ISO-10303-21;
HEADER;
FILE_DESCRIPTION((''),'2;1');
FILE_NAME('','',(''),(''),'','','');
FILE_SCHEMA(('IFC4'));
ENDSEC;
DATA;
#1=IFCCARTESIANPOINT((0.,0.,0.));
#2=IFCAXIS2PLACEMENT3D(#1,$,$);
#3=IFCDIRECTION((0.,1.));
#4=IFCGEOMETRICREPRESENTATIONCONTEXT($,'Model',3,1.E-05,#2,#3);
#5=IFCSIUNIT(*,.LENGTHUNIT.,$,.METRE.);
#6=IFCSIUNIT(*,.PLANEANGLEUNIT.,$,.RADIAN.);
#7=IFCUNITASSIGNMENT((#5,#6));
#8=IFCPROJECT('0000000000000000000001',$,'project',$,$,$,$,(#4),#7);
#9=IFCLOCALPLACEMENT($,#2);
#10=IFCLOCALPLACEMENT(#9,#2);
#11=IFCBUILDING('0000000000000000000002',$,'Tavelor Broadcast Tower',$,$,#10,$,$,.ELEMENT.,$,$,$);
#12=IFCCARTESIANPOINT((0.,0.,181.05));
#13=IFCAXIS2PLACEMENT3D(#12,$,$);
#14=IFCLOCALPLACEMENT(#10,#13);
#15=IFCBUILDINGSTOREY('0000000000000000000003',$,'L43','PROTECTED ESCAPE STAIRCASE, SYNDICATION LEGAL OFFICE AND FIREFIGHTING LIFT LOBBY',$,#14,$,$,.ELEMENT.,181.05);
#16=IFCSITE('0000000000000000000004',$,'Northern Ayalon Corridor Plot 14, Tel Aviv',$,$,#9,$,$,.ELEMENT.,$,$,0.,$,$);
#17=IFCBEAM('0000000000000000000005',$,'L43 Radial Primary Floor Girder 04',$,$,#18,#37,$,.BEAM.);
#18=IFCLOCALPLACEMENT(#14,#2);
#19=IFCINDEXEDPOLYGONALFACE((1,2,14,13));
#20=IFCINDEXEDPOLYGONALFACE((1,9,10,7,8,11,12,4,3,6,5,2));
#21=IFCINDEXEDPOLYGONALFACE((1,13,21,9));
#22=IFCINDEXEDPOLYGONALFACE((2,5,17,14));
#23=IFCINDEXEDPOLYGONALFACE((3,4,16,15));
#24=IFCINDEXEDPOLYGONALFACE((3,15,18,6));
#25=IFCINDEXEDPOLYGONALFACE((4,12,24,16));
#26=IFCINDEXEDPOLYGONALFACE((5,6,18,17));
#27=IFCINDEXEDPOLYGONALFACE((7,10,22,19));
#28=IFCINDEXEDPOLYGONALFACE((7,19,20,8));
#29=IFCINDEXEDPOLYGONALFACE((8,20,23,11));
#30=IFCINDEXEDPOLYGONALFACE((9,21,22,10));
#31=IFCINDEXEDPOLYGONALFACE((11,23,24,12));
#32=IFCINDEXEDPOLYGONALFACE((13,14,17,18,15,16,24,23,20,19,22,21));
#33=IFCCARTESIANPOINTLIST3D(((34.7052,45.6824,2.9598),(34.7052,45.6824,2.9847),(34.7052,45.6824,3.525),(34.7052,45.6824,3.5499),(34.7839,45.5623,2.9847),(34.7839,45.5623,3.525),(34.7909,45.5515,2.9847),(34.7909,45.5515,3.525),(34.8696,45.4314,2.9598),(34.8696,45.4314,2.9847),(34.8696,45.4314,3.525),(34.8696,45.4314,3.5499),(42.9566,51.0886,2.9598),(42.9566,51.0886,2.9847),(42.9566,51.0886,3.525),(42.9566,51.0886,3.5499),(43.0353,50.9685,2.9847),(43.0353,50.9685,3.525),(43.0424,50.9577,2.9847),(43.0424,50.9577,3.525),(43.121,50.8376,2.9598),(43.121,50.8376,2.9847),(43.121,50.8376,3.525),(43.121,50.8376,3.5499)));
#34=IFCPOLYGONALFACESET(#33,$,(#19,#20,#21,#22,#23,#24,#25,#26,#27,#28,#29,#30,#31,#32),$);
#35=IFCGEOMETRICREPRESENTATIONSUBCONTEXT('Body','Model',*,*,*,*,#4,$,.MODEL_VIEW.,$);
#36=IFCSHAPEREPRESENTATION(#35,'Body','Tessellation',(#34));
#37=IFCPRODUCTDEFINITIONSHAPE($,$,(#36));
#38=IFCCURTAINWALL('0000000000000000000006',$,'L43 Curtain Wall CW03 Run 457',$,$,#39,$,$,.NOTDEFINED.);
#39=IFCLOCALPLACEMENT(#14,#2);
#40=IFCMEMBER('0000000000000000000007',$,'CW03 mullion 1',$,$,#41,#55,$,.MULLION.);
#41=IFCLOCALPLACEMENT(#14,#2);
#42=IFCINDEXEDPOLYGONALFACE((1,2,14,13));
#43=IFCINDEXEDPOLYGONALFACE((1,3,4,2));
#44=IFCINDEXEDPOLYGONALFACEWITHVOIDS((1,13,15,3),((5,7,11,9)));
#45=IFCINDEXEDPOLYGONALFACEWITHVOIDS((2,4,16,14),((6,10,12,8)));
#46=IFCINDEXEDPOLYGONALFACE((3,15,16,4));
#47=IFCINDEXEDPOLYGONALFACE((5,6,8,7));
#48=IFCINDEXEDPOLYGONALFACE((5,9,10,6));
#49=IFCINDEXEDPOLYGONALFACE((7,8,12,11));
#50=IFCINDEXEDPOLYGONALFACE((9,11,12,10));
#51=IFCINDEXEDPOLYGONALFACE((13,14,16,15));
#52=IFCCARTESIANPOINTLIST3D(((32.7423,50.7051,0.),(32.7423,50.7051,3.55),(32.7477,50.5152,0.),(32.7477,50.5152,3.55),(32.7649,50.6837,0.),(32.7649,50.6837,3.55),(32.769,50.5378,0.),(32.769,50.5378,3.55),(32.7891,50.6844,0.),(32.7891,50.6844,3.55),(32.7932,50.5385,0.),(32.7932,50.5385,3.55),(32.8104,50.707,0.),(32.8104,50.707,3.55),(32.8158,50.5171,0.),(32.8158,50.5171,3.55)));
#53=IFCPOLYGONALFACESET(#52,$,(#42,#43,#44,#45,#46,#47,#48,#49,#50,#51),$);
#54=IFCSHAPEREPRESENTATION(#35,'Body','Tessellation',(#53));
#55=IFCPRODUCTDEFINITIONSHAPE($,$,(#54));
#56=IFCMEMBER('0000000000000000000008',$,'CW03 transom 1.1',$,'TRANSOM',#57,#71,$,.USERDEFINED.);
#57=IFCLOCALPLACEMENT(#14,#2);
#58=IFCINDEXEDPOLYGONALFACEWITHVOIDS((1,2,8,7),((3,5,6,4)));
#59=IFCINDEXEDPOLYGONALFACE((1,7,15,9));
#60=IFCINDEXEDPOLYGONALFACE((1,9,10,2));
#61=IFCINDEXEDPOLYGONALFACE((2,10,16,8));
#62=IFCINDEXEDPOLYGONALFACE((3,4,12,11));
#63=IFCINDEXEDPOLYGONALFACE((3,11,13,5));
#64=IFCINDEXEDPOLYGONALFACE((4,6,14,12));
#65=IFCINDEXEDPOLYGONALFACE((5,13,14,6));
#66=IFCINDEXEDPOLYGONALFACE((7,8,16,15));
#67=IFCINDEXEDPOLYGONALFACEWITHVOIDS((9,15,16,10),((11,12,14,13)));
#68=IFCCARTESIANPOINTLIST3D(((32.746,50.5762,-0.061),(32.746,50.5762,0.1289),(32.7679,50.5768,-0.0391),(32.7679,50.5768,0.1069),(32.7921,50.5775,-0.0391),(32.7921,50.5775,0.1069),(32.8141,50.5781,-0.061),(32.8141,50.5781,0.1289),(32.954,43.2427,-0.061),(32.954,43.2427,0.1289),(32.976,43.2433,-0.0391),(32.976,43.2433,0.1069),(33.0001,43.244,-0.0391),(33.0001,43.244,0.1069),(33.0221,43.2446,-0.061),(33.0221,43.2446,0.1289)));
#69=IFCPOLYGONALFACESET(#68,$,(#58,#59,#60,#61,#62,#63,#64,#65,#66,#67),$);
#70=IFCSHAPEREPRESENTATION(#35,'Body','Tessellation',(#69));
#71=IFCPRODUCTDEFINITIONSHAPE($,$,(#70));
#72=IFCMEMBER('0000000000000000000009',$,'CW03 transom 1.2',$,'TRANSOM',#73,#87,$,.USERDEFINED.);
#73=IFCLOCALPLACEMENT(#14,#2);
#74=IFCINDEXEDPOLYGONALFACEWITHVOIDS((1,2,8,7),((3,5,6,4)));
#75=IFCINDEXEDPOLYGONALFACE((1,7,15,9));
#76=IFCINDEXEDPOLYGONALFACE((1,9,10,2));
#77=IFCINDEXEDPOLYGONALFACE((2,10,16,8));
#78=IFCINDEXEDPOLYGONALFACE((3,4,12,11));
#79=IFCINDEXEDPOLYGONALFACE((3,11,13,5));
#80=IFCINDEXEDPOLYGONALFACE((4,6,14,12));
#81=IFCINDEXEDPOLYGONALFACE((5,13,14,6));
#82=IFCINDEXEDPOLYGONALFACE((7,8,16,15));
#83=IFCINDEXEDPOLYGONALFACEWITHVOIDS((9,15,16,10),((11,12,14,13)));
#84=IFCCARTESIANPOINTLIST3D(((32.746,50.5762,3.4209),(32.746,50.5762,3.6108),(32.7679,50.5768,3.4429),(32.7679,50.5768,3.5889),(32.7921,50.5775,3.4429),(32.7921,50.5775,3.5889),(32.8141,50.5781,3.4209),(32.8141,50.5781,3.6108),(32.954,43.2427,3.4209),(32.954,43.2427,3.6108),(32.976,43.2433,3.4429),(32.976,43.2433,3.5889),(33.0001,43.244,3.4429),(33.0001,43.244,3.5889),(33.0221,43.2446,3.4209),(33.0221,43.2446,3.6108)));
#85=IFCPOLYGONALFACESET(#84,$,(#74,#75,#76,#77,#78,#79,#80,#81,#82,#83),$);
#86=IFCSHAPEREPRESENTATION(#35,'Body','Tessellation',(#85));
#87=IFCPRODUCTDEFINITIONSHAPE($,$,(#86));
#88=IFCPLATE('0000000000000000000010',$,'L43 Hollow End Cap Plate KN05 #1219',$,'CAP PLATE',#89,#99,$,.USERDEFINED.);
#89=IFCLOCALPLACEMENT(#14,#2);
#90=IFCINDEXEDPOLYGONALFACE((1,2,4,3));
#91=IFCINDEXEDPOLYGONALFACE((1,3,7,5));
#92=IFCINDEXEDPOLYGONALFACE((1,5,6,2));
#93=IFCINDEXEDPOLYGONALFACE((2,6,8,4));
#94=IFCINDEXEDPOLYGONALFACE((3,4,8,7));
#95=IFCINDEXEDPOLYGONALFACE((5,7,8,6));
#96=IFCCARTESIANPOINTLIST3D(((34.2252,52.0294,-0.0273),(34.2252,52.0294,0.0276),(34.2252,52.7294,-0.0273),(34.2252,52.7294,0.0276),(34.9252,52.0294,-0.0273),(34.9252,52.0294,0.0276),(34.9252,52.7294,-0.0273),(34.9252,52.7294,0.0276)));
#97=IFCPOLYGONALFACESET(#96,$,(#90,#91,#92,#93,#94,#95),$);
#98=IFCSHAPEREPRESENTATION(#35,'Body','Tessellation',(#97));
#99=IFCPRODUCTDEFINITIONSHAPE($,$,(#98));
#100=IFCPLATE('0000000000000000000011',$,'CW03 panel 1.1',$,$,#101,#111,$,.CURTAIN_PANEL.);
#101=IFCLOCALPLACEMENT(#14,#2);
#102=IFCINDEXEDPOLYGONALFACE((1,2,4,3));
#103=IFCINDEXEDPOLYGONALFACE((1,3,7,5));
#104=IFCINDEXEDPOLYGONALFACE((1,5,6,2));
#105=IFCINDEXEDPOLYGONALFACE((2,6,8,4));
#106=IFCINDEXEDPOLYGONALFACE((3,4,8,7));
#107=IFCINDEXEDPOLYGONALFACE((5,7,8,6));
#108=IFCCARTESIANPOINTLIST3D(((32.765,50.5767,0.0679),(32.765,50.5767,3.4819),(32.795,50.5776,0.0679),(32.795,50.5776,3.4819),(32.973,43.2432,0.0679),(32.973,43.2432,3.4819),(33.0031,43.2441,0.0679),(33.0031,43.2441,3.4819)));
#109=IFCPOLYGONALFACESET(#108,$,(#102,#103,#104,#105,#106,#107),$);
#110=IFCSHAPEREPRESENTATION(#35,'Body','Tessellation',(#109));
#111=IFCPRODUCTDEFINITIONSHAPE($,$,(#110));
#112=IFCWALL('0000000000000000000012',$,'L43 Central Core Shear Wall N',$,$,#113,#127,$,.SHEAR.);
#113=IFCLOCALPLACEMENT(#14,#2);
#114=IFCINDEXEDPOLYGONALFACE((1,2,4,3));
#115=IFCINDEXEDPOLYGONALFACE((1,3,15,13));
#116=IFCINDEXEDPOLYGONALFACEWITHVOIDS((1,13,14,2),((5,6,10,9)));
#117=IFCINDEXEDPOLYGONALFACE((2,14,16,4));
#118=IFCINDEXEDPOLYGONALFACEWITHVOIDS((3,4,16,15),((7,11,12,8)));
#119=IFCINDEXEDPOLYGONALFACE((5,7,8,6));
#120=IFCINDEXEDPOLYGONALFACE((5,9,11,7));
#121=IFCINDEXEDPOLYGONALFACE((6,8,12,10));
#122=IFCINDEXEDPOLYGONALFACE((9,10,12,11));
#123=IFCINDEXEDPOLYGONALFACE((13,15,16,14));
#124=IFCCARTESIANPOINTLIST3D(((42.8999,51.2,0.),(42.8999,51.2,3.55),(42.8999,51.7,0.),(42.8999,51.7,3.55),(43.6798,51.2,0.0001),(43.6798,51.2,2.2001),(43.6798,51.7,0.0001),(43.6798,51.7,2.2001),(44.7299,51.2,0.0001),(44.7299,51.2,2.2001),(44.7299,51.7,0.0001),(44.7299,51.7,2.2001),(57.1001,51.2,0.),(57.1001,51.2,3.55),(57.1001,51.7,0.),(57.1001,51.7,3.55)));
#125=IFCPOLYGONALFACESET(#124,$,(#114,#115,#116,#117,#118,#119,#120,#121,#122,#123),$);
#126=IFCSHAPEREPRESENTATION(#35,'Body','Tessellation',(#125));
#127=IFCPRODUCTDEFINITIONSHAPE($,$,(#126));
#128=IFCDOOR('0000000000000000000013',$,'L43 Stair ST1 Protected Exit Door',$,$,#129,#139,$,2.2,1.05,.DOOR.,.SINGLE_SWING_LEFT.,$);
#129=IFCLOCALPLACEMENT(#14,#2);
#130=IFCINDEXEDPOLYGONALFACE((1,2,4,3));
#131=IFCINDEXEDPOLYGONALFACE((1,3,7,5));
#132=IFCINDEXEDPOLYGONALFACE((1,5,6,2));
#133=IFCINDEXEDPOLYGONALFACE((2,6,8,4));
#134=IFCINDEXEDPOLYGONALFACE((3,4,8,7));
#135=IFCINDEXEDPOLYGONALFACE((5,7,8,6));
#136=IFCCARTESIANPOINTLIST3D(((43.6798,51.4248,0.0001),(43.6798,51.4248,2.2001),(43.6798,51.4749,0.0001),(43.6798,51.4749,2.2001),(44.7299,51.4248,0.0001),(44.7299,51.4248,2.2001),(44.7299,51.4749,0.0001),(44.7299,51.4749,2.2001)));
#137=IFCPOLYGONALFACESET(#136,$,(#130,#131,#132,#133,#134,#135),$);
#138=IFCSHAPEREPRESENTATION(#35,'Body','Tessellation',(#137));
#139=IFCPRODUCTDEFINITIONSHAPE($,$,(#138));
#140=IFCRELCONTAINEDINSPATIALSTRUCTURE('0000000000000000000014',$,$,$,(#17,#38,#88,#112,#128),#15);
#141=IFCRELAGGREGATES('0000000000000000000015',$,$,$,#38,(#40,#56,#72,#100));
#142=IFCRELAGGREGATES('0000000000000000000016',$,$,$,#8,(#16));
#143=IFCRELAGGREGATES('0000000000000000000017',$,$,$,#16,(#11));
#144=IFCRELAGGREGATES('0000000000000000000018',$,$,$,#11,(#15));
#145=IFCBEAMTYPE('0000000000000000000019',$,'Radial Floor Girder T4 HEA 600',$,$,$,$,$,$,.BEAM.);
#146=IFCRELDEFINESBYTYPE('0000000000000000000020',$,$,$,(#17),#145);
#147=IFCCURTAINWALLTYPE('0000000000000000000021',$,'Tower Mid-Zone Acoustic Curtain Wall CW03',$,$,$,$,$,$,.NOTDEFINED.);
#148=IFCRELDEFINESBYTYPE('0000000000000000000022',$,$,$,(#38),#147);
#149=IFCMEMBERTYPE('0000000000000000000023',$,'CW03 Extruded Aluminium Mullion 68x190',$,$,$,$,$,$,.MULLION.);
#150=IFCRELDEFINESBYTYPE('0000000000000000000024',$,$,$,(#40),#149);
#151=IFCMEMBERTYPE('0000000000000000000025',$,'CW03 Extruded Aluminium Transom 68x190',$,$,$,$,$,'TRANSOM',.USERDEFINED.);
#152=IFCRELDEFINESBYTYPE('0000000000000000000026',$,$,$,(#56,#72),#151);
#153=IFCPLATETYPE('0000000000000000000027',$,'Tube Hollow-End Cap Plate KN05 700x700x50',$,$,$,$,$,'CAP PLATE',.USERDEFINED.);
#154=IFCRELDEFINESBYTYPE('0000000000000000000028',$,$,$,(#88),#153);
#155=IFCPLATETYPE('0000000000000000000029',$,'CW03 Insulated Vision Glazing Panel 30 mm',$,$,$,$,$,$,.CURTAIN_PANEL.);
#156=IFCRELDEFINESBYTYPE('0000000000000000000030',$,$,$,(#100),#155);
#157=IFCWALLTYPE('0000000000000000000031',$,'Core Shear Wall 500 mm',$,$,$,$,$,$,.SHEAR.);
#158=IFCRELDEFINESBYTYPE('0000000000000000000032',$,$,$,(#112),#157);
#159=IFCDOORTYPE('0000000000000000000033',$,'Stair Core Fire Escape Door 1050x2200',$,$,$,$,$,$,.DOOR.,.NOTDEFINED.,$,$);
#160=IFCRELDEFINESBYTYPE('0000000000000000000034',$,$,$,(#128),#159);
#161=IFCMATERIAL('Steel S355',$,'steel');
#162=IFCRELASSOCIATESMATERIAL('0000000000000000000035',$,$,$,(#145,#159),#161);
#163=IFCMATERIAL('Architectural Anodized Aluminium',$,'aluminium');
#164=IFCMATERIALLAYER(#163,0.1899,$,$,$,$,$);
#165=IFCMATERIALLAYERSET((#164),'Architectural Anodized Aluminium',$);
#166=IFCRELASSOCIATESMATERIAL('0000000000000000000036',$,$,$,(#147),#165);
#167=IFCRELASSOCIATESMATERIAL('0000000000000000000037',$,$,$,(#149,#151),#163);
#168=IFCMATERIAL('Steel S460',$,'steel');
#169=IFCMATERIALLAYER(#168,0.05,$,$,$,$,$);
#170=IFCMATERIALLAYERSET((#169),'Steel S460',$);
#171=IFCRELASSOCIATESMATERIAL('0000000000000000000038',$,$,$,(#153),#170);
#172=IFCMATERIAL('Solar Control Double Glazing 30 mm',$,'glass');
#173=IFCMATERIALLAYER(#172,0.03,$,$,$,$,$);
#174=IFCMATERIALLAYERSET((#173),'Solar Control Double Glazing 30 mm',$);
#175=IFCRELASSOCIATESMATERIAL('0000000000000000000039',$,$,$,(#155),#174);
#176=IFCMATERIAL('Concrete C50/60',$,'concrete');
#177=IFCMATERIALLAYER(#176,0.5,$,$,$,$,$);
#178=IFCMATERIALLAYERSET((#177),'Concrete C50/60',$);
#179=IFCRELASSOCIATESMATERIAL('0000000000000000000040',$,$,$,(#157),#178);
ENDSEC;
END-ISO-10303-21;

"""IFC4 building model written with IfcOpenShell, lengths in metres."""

from ifc_helpers import new_model, si_unit, direction, frame, frame_2d, origin, origin_2d, place, context, subcontext, project, spatial, rectangle, hollow_rectangle, i_section, extrude, source, transform, mapped, material, layer, layer_set, material_profile, profile_set, type_object, type_shapes, element, fill, aggregate, save


model = new_model("IFC4")

# Units and contexts
model_context = context("Model", 3, precision=1e-05, world=origin(), true_north=direction((0.0, 1.0)))
body_context = subcontext(model_context, "Body", "Model", "MODEL_VIEW")
ifc_project = project(units=[si_unit("LENGTHUNIT", "METRE"), si_unit("PLANEANGLEUNIT", "RADIAN")], contexts=[model_context])

# Site, building, storey
site_placement = place(None, origin())
site = spatial("IfcSite", under=ifc_project, at=site_placement, Name="Northern Ayalon Corridor Plot 14, Tel Aviv", CompositionType="ELEMENT", RefElevation=0.0)
building_placement = place(site_placement, origin())
building = spatial("IfcBuilding", under=site, at=building_placement, Name="Tavelor Broadcast Tower", CompositionType="ELEMENT")
storey_placement = place(building_placement, frame((0.0, 0.0, 181.05)))
storey = spatial("IfcBuildingStorey", under=building, at=storey_placement, Name="L43", Description="PROTECTED ESCAPE STAIRCASE, SYNDICATION LEGAL OFFICE AND FIREFIGHTING LIFT LOBBY", CompositionType="ELEMENT", Elevation=181.05)

# Shared definitions
ifc_material_1 = material(Name="Concrete C50/60", Category="concrete")
ifc_material_2 = material(Name="Steel S460", Category="steel")

# Beam
ifc_material_3 = material(Name="Steel S355", Category="steel")
ifc_material_profile_1 = material_profile(ifc_material_3, i_section(OverallWidth=0.3, OverallDepth=0.5901, WebThickness=0.0129, FlangeThickness=0.0249, at=origin_2d()), Name="HEA 600")
ifc_profile_set_1 = profile_set([ifc_material_profile_1], Name="Steel S355")
beam_type_1 = type_object("IfcBeamType", Name="Radial Floor Girder T4 HEA 600", PredefinedType="BEAM", material=ifc_profile_set_1)
beam_1_placement = place(storey_placement, frame((43.0388, 50.9631, 3.2549), z_axis=(-0.836456, -0.548035, 0.0), x_axis=(0.548035, -0.836456, 0.0)))
element("IfcBeam", 1, at=beam_1_placement, inside=storey, type_object=beam_type_1, Name="L43 Radial Primary Floor Girder 04", PredefinedType="BEAM", context=body_context, shape_type="SweptSolid", body=[
    extrude(i_section(OverallWidth=0.3, OverallDepth=0.5901, WebThickness=0.0129, FlangeThickness=0.0249, at=origin_2d()), origin(), (0.0, 0.0, 1.0), 9.8647),
])

# Curtain wall, members
ifc_material_4 = material(Name="Architectural Anodized Aluminium", Category="aluminium")
ifc_layer_1 = layer(ifc_material_4, 0.1899)
ifc_layer_set_1 = layer_set([ifc_layer_1], Name="Architectural Anodized Aluminium")
curtain_wall_type = type_object("IfcCurtainWallType", Name="Tower Mid-Zone Acoustic Curtain Wall CW03", PredefinedType="NOTDEFINED", material=ifc_layer_set_1)
curtain_wall_placement = place(storey_placement, origin())
curtain_wall = element("IfcCurtainWall", 2, at=curtain_wall_placement, inside=storey, type_object=curtain_wall_type, Name="L43 Curtain Wall CW03 Run 457", PredefinedType="NOTDEFINED")
ifc_material_profile_2 = material_profile(ifc_material_4, hollow_rectangle(XDim=0.0681, YDim=0.1899, WallThickness=0.022, at=origin_2d()), Name="RHS 68x190x22")
ifc_profile_set_2 = profile_set([ifc_material_profile_2], Name="Architectural Anodized Aluminium")
member_type_1 = type_object("IfcMemberType", Name="CW03 Extruded Aluminium Mullion 68x190", PredefinedType="MULLION", material=ifc_profile_set_2)
shared_shape_1 = source(origin(), body_context, "Body", "SweptSolid", [
    extrude(hollow_rectangle(XDim=0.0681, YDim=0.1899, WallThickness=0.022, at=origin_2d()), origin(), (0.0, 0.0, 1.0), 3.55),
])
type_shapes(member_type_1, [shared_shape_1])
member_1_placement = place(storey_placement, frame((32.7791, 50.6111, 0.0), z_axis=(0.0, 0.0, 1.0), x_axis=(0.999598, 0.028358, 0.0)))
member_1 = element("IfcMember", 3, at=member_1_placement, type_object=member_type_1, Name="CW03 mullion 1", PredefinedType="MULLION", context=body_context, shape_type="MappedRepresentation", body=[
    mapped(shared_shape_1, transform((0.0, 0.0, 0.0), scale=1.0)),
])
ifc_material_profile_3 = material_profile(ifc_material_4, hollow_rectangle(XDim=0.0681, YDim=0.1899, WallThickness=0.022, at=origin_2d()), Name="RHS 68x190x22")
ifc_profile_set_3 = profile_set([ifc_material_profile_3], Name="Architectural Anodized Aluminium")
member_type_2 = type_object("IfcMemberType", Name="CW03 Extruded Aluminium Transom 68x190", ElementType="TRANSOM", PredefinedType="USERDEFINED", material=ifc_profile_set_3)
shared_shape_2 = source(origin(), body_context, "Body", "SweptSolid", [
    extrude(hollow_rectangle(XDim=0.0681, YDim=0.1899, WallThickness=0.022, at=origin_2d()), origin(), (0.0, 0.0, 1.0), 7.3364),
])
type_shapes(member_type_2, [shared_shape_2])
member_2_placement = place(storey_placement, frame((32.78, 50.5771, 0.0339), z_axis=(0.028353, -0.999598, 0.0), x_axis=(0.999598, 0.028353, 0.0)))
member_2 = element("IfcMember", 4, at=member_2_placement, type_object=member_type_2, Name="CW03 transom 1.1", ObjectType="TRANSOM", PredefinedType="USERDEFINED", context=body_context, shape_type="MappedRepresentation", body=[
    mapped(shared_shape_2, transform((0.0, 0.0, 0.0), scale=1.0)),
])
member_3_placement = place(storey_placement, frame((32.78, 50.5771, 3.5159), z_axis=(0.028353, -0.999598, 0.0), x_axis=(0.999598, 0.028353, 0.0)))
member_3 = element("IfcMember", 5, at=member_3_placement, type_object=member_type_2, Name="CW03 transom 1.2", ObjectType="TRANSOM", PredefinedType="USERDEFINED", context=body_context, shape_type="MappedRepresentation", body=[
    mapped(shared_shape_2, transform((0.0, 0.0, 0.0), scale=1.0)),
])

# Plates
ifc_layer_2 = layer(ifc_material_2, 0.05)
ifc_layer_set_2 = layer_set([ifc_layer_2], Name="Steel S460")
plate_type_1 = type_object("IfcPlateType", Name="Tube Hollow-End Cap Plate KN05 700x700x50", ElementType="CAP PLATE", PredefinedType="USERDEFINED", material=ifc_layer_set_2)
shared_shape_3 = source(origin(), body_context, "Body", "SweptSolid", [
    extrude(rectangle(XDim=0.7, YDim=0.7, at=origin_2d()), origin(), (0.0, 0.0, 1.0), 0.0549),
])
type_shapes(plate_type_1, [shared_shape_3])
plate_1_placement = place(storey_placement, frame((34.5752, 52.3794, -0.0273), z_axis=(0.0, 0.0, 1.0), x_axis=(1.0, 0.0, 0.0)))
element("IfcPlate", 6, at=plate_1_placement, inside=storey, type_object=plate_type_1, Name="L43 Hollow End Cap Plate KN05 #1219", ObjectType="CAP PLATE", PredefinedType="USERDEFINED", context=body_context, shape_type="MappedRepresentation", body=[
    mapped(shared_shape_3, transform((0.0, 0.0, 0.0), scale=1.0)),
])
ifc_material_5 = material(Name="Solar Control Double Glazing 30 mm", Category="glass")
ifc_layer_3 = layer(ifc_material_5, 0.03)
ifc_layer_set_3 = layer_set([ifc_layer_3], Name="Solar Control Double Glazing 30 mm")
plate_type_2 = type_object("IfcPlateType", Name="CW03 Insulated Vision Glazing Panel 30 mm", PredefinedType="CURTAIN_PANEL", material=ifc_layer_set_3)
shared_shape_4 = source(origin(), body_context, "Body", "SweptSolid", [
    extrude(rectangle(XDim=7.3364, YDim=0.03, at=origin_2d()), origin(), (0.0, 0.0, 1.0), 3.4141),
])
type_shapes(plate_type_2, [shared_shape_4])
plate_2_placement = place(storey_placement, frame((32.884, 46.9104, 0.0679), z_axis=(0.0, 0.0, 1.0), x_axis=(0.028358, -0.999598, 0.0)))
plate_2 = element("IfcPlate", 7, at=plate_2_placement, type_object=plate_type_2, Name="CW03 panel 1.1", PredefinedType="CURTAIN_PANEL", context=body_context, shape_type="MappedRepresentation", body=[
    mapped(shared_shape_4, transform((0.0, 0.0, 0.0), scale=1.0)),
])
aggregate(curtain_wall, [member_1, member_2, member_3, plate_2])

# Wall, opening, door
ifc_layer_4 = layer(ifc_material_1, 0.5)
ifc_layer_set_4 = layer_set([ifc_layer_4], Name="Concrete C50/60")
wall_type_1 = type_object("IfcWallType", Name="Core Shear Wall 500 mm", PredefinedType="SHEAR", material=ifc_layer_set_4)
wall_1_placement = place(storey_placement, frame((42.8999, 51.45, 0.0), z_axis=(0.0, 0.0, 1.0), x_axis=(1.0, 0.0, 0.0)))
wall_1 = element("IfcWall", 8, at=wall_1_placement, inside=storey, type_object=wall_type_1, Name="L43 Central Core Shear Wall N", PredefinedType="SHEAR", context=body_context, shape_type="SweptSolid", body=[
    extrude(rectangle(XDim=14.2002, YDim=0.5, at=frame_2d((7.1001, 0.0))), origin(), (0.0, 0.0, 1.0), 3.55),
])
opening_1_placement = place(wall_1_placement, frame((0.78, 0.0, 0.0)))
opening_1 = element("IfcOpeningElement", 9, at=opening_1_placement, cuts=wall_1, PredefinedType="OPENING", context=body_context, shape_type="SweptSolid", body=[
    extrude(rectangle(XDim=1.05, YDim=2.2, at=frame_2d((0.5249, 1.1001))), frame((0.0, 0.26, 0.0), z_axis=(0.0, -1.0, 0.0), x_axis=(1.0, 0.0, 0.0)), (0.0, 0.0, 1.0), 0.52),
])
door_type_1 = type_object("IfcDoorType", Name="Stair Core Fire Escape Door 1050x2200", OperationType="NOTDEFINED", PredefinedType="DOOR", material=ifc_material_3)
door_1_placement = place(opening_1_placement, origin())
door_1 = element("IfcDoor", 10, at=door_1_placement, inside=storey, type_object=door_type_1, Name="L43 Stair ST1 Protected Exit Door", OperationType="SINGLE_SWING_LEFT", OverallHeight=2.2, OverallWidth=1.05, PredefinedType="DOOR", context=body_context, shape_type="SweptSolid", body=[
    extrude(rectangle(XDim=1.05, YDim=2.2, at=frame_2d((0.5249, 1.1001))), frame((0.0, 0.0249, 0.0), z_axis=(0.0, -1.0, 0.0), x_axis=(1.0, 0.0, 0.0)), (0.0, 0.0, 1.0), 0.05),
])
fill(opening_1, door_1)

save(model, "model.ifc")
